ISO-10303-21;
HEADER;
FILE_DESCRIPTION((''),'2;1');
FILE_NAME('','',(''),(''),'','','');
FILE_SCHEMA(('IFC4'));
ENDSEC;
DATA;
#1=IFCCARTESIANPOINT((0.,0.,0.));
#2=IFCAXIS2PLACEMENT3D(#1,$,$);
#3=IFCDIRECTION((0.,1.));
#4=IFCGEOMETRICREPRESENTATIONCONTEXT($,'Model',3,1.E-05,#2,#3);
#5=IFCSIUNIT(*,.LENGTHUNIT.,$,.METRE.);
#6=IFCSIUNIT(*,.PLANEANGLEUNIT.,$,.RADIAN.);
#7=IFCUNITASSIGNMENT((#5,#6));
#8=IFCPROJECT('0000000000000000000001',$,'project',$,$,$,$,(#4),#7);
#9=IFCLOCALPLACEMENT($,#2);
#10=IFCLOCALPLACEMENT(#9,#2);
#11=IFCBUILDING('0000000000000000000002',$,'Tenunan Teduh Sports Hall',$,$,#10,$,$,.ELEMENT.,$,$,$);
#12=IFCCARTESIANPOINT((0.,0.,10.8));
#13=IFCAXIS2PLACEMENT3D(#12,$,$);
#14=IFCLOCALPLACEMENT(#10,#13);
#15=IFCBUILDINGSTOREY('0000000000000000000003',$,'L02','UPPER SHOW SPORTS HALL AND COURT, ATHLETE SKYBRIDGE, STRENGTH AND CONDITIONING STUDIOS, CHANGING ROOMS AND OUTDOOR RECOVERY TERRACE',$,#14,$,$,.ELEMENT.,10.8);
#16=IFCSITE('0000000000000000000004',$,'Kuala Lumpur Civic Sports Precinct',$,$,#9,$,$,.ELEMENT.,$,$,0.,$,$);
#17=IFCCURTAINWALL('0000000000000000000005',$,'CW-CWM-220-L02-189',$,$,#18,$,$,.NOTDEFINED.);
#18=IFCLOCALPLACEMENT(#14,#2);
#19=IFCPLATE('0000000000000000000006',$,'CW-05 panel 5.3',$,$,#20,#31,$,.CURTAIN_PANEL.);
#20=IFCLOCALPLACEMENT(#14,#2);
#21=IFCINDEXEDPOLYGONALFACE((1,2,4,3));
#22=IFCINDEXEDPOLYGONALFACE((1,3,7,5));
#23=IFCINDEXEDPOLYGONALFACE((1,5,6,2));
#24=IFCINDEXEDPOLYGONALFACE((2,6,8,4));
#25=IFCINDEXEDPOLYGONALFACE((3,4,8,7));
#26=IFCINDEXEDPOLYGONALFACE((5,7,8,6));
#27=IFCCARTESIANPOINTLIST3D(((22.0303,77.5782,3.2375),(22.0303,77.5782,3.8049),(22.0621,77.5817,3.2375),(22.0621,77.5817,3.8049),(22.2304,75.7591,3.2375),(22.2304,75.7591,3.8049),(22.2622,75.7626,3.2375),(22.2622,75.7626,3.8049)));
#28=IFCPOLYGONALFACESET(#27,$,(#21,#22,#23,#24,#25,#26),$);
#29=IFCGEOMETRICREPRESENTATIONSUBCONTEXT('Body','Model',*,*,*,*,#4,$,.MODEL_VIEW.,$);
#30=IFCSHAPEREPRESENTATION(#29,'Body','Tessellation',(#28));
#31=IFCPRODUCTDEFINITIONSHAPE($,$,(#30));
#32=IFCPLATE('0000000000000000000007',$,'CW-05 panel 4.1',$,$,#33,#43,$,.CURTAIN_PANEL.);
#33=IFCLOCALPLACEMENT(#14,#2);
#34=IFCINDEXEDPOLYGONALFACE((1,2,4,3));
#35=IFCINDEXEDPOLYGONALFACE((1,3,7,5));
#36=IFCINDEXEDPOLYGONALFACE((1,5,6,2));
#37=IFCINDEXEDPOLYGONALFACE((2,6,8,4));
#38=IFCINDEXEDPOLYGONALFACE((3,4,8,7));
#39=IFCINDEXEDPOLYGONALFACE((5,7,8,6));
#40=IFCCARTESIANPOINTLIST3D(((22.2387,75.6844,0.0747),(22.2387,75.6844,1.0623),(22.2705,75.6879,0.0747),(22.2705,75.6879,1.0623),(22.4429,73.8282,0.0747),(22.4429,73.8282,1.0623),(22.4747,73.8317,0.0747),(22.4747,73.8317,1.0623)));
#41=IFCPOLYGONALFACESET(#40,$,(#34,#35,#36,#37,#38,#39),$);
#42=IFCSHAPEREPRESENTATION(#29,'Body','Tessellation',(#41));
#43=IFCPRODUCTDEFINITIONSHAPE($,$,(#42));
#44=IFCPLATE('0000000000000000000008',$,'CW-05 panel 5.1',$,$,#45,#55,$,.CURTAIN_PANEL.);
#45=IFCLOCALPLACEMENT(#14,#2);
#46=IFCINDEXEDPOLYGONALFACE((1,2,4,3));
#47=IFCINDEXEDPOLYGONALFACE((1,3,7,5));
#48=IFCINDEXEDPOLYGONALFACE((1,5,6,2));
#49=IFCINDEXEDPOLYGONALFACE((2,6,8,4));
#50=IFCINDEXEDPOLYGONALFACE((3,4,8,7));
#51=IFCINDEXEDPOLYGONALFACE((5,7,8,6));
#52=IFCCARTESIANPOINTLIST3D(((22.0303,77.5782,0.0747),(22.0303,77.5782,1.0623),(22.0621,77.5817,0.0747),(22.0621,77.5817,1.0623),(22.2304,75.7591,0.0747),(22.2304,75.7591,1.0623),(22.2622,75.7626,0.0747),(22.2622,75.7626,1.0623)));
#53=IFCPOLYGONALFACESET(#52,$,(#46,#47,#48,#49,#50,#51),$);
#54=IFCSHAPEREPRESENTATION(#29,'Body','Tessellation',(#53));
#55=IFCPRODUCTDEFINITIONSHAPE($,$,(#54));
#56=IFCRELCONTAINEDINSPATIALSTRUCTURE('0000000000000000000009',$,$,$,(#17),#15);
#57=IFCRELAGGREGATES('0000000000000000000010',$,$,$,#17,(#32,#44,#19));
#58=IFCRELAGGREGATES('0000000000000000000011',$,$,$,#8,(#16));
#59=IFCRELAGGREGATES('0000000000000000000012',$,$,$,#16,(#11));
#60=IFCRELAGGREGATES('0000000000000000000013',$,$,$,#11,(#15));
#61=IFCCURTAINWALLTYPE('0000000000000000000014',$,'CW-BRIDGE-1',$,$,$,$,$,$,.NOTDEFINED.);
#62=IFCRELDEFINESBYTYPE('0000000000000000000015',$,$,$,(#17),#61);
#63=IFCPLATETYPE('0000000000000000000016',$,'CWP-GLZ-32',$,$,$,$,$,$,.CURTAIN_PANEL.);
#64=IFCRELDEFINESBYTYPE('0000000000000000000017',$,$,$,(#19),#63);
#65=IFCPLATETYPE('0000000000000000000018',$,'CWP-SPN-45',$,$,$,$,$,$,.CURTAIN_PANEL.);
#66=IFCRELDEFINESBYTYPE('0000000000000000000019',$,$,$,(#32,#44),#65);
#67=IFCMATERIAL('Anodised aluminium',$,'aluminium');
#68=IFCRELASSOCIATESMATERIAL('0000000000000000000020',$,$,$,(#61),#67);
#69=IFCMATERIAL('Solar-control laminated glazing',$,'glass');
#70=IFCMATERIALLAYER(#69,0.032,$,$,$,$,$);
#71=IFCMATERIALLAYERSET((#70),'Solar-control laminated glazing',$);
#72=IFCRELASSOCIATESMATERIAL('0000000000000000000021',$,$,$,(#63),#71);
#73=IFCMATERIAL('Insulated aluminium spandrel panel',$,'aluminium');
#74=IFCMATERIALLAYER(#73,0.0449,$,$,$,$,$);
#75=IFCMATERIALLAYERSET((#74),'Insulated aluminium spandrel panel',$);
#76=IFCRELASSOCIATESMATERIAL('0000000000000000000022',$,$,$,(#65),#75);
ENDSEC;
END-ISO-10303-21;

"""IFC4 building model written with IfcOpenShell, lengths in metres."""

from ifc_helpers import new_model, si_unit, direction, frame, origin, origin_2d, place, context, subcontext, project, spatial, rectangle, extrude, material, layer, layer_set, type_object, element, aggregate, save


model = new_model("IFC4")

# Units and contexts
model_context = context("Model", 3, precision=1e-05, world=origin(), true_north=direction((0.0, 1.0)))
body_context = subcontext(model_context, "Body", "Model", "MODEL_VIEW")
ifc_project = project(units=[si_unit("LENGTHUNIT", "METRE"), si_unit("PLANEANGLEUNIT", "RADIAN")], contexts=[model_context])

# Site, building, storey
site_placement = place(None, origin())
site = spatial("IfcSite", under=ifc_project, at=site_placement, Name="Kuala Lumpur Civic Sports Precinct", CompositionType="ELEMENT", RefElevation=0.0)
building_placement = place(site_placement, origin())
building = spatial("IfcBuilding", under=site, at=building_placement, Name="Tenunan Teduh Sports Hall", CompositionType="ELEMENT")
storey_placement = place(building_placement, frame((0.0, 0.0, 10.8)))
storey = spatial("IfcBuildingStorey", under=building, at=storey_placement, Name="L02", Description="UPPER SHOW SPORTS HALL AND COURT, ATHLETE SKYBRIDGE, STRENGTH AND CONDITIONING STUDIOS, CHANGING ROOMS AND OUTDOOR RECOVERY TERRACE", CompositionType="ELEMENT", Elevation=10.8)

# Curtain wall
ifc_material_1 = material(Name="Anodised aluminium", Category="aluminium")
curtain_wall_type = type_object("IfcCurtainWallType", Name="CW-BRIDGE-1", PredefinedType="NOTDEFINED", material=ifc_material_1)
curtain_wall_placement = place(storey_placement, origin())
curtain_wall = element("IfcCurtainWall", 1, at=curtain_wall_placement, inside=storey, type_object=curtain_wall_type, Name="CW-CWM-220-L02-189", PredefinedType="NOTDEFINED")

# Plates
ifc_material_2 = material(Name="Solar-control laminated glazing", Category="glass")
ifc_layer_1 = layer(ifc_material_2, 0.032)
ifc_layer_set_1 = layer_set([ifc_layer_1], Name="Solar-control laminated glazing")
plate_type_1 = type_object("IfcPlateType", Name="CWP-GLZ-32", PredefinedType="CURTAIN_PANEL", material=ifc_layer_set_1)
plate_1_placement = place(storey_placement, frame((22.1462, 76.6704, 3.2375), z_axis=(0.0, 0.0, 1.0), x_axis=(-0.109341, 0.994004, 0.0)))
plate_1 = element("IfcPlate", 2, at=plate_1_placement, type_object=plate_type_1, Name="CW-05 panel 5.3", PredefinedType="CURTAIN_PANEL", context=body_context, shape_type="SweptSolid", body=[
    extrude(rectangle(XDim=1.8301, YDim=0.032, at=origin_2d()), origin(), (0.0, 0.0, 1.0), 0.5674),
])
ifc_material_3 = material(Name="Insulated aluminium spandrel panel", Category="aluminium")
ifc_layer_2 = layer(ifc_material_3, 0.0449)
ifc_layer_set_2 = layer_set([ifc_layer_2], Name="Insulated aluminium spandrel panel")
plate_type_2 = type_object("IfcPlateType", Name="CWP-SPN-45", PredefinedType="CURTAIN_PANEL", material=ifc_layer_set_2)
plate_2_placement = place(storey_placement, frame((22.3567, 74.7581, 0.0747), z_axis=(0.0, 0.0, 1.0), x_axis=(-0.109341, 0.994004, 0.0)))
plate_2 = element("IfcPlate", 3, at=plate_2_placement, type_object=plate_type_2, Name="CW-05 panel 4.1", PredefinedType="CURTAIN_PANEL", context=body_context, shape_type="SweptSolid", body=[
    extrude(rectangle(XDim=1.8674, YDim=0.032, at=origin_2d()), origin(), (0.0, 0.0, 1.0), 0.9875),
])
plate_3_placement = place(storey_placement, frame((22.1462, 76.6704, 0.0747), z_axis=(0.0, 0.0, 1.0), x_axis=(-0.109341, 0.994004, 0.0)))
plate_3 = element("IfcPlate", 4, at=plate_3_placement, type_object=plate_type_2, Name="CW-05 panel 5.1", PredefinedType="CURTAIN_PANEL", context=body_context, shape_type="SweptSolid", body=[
    extrude(rectangle(XDim=1.8301, YDim=0.032, at=origin_2d()), origin(), (0.0, 0.0, 1.0), 0.9875),
])
aggregate(curtain_wall, [plate_2, plate_3, plate_1])

save(model, "model.ifc")
